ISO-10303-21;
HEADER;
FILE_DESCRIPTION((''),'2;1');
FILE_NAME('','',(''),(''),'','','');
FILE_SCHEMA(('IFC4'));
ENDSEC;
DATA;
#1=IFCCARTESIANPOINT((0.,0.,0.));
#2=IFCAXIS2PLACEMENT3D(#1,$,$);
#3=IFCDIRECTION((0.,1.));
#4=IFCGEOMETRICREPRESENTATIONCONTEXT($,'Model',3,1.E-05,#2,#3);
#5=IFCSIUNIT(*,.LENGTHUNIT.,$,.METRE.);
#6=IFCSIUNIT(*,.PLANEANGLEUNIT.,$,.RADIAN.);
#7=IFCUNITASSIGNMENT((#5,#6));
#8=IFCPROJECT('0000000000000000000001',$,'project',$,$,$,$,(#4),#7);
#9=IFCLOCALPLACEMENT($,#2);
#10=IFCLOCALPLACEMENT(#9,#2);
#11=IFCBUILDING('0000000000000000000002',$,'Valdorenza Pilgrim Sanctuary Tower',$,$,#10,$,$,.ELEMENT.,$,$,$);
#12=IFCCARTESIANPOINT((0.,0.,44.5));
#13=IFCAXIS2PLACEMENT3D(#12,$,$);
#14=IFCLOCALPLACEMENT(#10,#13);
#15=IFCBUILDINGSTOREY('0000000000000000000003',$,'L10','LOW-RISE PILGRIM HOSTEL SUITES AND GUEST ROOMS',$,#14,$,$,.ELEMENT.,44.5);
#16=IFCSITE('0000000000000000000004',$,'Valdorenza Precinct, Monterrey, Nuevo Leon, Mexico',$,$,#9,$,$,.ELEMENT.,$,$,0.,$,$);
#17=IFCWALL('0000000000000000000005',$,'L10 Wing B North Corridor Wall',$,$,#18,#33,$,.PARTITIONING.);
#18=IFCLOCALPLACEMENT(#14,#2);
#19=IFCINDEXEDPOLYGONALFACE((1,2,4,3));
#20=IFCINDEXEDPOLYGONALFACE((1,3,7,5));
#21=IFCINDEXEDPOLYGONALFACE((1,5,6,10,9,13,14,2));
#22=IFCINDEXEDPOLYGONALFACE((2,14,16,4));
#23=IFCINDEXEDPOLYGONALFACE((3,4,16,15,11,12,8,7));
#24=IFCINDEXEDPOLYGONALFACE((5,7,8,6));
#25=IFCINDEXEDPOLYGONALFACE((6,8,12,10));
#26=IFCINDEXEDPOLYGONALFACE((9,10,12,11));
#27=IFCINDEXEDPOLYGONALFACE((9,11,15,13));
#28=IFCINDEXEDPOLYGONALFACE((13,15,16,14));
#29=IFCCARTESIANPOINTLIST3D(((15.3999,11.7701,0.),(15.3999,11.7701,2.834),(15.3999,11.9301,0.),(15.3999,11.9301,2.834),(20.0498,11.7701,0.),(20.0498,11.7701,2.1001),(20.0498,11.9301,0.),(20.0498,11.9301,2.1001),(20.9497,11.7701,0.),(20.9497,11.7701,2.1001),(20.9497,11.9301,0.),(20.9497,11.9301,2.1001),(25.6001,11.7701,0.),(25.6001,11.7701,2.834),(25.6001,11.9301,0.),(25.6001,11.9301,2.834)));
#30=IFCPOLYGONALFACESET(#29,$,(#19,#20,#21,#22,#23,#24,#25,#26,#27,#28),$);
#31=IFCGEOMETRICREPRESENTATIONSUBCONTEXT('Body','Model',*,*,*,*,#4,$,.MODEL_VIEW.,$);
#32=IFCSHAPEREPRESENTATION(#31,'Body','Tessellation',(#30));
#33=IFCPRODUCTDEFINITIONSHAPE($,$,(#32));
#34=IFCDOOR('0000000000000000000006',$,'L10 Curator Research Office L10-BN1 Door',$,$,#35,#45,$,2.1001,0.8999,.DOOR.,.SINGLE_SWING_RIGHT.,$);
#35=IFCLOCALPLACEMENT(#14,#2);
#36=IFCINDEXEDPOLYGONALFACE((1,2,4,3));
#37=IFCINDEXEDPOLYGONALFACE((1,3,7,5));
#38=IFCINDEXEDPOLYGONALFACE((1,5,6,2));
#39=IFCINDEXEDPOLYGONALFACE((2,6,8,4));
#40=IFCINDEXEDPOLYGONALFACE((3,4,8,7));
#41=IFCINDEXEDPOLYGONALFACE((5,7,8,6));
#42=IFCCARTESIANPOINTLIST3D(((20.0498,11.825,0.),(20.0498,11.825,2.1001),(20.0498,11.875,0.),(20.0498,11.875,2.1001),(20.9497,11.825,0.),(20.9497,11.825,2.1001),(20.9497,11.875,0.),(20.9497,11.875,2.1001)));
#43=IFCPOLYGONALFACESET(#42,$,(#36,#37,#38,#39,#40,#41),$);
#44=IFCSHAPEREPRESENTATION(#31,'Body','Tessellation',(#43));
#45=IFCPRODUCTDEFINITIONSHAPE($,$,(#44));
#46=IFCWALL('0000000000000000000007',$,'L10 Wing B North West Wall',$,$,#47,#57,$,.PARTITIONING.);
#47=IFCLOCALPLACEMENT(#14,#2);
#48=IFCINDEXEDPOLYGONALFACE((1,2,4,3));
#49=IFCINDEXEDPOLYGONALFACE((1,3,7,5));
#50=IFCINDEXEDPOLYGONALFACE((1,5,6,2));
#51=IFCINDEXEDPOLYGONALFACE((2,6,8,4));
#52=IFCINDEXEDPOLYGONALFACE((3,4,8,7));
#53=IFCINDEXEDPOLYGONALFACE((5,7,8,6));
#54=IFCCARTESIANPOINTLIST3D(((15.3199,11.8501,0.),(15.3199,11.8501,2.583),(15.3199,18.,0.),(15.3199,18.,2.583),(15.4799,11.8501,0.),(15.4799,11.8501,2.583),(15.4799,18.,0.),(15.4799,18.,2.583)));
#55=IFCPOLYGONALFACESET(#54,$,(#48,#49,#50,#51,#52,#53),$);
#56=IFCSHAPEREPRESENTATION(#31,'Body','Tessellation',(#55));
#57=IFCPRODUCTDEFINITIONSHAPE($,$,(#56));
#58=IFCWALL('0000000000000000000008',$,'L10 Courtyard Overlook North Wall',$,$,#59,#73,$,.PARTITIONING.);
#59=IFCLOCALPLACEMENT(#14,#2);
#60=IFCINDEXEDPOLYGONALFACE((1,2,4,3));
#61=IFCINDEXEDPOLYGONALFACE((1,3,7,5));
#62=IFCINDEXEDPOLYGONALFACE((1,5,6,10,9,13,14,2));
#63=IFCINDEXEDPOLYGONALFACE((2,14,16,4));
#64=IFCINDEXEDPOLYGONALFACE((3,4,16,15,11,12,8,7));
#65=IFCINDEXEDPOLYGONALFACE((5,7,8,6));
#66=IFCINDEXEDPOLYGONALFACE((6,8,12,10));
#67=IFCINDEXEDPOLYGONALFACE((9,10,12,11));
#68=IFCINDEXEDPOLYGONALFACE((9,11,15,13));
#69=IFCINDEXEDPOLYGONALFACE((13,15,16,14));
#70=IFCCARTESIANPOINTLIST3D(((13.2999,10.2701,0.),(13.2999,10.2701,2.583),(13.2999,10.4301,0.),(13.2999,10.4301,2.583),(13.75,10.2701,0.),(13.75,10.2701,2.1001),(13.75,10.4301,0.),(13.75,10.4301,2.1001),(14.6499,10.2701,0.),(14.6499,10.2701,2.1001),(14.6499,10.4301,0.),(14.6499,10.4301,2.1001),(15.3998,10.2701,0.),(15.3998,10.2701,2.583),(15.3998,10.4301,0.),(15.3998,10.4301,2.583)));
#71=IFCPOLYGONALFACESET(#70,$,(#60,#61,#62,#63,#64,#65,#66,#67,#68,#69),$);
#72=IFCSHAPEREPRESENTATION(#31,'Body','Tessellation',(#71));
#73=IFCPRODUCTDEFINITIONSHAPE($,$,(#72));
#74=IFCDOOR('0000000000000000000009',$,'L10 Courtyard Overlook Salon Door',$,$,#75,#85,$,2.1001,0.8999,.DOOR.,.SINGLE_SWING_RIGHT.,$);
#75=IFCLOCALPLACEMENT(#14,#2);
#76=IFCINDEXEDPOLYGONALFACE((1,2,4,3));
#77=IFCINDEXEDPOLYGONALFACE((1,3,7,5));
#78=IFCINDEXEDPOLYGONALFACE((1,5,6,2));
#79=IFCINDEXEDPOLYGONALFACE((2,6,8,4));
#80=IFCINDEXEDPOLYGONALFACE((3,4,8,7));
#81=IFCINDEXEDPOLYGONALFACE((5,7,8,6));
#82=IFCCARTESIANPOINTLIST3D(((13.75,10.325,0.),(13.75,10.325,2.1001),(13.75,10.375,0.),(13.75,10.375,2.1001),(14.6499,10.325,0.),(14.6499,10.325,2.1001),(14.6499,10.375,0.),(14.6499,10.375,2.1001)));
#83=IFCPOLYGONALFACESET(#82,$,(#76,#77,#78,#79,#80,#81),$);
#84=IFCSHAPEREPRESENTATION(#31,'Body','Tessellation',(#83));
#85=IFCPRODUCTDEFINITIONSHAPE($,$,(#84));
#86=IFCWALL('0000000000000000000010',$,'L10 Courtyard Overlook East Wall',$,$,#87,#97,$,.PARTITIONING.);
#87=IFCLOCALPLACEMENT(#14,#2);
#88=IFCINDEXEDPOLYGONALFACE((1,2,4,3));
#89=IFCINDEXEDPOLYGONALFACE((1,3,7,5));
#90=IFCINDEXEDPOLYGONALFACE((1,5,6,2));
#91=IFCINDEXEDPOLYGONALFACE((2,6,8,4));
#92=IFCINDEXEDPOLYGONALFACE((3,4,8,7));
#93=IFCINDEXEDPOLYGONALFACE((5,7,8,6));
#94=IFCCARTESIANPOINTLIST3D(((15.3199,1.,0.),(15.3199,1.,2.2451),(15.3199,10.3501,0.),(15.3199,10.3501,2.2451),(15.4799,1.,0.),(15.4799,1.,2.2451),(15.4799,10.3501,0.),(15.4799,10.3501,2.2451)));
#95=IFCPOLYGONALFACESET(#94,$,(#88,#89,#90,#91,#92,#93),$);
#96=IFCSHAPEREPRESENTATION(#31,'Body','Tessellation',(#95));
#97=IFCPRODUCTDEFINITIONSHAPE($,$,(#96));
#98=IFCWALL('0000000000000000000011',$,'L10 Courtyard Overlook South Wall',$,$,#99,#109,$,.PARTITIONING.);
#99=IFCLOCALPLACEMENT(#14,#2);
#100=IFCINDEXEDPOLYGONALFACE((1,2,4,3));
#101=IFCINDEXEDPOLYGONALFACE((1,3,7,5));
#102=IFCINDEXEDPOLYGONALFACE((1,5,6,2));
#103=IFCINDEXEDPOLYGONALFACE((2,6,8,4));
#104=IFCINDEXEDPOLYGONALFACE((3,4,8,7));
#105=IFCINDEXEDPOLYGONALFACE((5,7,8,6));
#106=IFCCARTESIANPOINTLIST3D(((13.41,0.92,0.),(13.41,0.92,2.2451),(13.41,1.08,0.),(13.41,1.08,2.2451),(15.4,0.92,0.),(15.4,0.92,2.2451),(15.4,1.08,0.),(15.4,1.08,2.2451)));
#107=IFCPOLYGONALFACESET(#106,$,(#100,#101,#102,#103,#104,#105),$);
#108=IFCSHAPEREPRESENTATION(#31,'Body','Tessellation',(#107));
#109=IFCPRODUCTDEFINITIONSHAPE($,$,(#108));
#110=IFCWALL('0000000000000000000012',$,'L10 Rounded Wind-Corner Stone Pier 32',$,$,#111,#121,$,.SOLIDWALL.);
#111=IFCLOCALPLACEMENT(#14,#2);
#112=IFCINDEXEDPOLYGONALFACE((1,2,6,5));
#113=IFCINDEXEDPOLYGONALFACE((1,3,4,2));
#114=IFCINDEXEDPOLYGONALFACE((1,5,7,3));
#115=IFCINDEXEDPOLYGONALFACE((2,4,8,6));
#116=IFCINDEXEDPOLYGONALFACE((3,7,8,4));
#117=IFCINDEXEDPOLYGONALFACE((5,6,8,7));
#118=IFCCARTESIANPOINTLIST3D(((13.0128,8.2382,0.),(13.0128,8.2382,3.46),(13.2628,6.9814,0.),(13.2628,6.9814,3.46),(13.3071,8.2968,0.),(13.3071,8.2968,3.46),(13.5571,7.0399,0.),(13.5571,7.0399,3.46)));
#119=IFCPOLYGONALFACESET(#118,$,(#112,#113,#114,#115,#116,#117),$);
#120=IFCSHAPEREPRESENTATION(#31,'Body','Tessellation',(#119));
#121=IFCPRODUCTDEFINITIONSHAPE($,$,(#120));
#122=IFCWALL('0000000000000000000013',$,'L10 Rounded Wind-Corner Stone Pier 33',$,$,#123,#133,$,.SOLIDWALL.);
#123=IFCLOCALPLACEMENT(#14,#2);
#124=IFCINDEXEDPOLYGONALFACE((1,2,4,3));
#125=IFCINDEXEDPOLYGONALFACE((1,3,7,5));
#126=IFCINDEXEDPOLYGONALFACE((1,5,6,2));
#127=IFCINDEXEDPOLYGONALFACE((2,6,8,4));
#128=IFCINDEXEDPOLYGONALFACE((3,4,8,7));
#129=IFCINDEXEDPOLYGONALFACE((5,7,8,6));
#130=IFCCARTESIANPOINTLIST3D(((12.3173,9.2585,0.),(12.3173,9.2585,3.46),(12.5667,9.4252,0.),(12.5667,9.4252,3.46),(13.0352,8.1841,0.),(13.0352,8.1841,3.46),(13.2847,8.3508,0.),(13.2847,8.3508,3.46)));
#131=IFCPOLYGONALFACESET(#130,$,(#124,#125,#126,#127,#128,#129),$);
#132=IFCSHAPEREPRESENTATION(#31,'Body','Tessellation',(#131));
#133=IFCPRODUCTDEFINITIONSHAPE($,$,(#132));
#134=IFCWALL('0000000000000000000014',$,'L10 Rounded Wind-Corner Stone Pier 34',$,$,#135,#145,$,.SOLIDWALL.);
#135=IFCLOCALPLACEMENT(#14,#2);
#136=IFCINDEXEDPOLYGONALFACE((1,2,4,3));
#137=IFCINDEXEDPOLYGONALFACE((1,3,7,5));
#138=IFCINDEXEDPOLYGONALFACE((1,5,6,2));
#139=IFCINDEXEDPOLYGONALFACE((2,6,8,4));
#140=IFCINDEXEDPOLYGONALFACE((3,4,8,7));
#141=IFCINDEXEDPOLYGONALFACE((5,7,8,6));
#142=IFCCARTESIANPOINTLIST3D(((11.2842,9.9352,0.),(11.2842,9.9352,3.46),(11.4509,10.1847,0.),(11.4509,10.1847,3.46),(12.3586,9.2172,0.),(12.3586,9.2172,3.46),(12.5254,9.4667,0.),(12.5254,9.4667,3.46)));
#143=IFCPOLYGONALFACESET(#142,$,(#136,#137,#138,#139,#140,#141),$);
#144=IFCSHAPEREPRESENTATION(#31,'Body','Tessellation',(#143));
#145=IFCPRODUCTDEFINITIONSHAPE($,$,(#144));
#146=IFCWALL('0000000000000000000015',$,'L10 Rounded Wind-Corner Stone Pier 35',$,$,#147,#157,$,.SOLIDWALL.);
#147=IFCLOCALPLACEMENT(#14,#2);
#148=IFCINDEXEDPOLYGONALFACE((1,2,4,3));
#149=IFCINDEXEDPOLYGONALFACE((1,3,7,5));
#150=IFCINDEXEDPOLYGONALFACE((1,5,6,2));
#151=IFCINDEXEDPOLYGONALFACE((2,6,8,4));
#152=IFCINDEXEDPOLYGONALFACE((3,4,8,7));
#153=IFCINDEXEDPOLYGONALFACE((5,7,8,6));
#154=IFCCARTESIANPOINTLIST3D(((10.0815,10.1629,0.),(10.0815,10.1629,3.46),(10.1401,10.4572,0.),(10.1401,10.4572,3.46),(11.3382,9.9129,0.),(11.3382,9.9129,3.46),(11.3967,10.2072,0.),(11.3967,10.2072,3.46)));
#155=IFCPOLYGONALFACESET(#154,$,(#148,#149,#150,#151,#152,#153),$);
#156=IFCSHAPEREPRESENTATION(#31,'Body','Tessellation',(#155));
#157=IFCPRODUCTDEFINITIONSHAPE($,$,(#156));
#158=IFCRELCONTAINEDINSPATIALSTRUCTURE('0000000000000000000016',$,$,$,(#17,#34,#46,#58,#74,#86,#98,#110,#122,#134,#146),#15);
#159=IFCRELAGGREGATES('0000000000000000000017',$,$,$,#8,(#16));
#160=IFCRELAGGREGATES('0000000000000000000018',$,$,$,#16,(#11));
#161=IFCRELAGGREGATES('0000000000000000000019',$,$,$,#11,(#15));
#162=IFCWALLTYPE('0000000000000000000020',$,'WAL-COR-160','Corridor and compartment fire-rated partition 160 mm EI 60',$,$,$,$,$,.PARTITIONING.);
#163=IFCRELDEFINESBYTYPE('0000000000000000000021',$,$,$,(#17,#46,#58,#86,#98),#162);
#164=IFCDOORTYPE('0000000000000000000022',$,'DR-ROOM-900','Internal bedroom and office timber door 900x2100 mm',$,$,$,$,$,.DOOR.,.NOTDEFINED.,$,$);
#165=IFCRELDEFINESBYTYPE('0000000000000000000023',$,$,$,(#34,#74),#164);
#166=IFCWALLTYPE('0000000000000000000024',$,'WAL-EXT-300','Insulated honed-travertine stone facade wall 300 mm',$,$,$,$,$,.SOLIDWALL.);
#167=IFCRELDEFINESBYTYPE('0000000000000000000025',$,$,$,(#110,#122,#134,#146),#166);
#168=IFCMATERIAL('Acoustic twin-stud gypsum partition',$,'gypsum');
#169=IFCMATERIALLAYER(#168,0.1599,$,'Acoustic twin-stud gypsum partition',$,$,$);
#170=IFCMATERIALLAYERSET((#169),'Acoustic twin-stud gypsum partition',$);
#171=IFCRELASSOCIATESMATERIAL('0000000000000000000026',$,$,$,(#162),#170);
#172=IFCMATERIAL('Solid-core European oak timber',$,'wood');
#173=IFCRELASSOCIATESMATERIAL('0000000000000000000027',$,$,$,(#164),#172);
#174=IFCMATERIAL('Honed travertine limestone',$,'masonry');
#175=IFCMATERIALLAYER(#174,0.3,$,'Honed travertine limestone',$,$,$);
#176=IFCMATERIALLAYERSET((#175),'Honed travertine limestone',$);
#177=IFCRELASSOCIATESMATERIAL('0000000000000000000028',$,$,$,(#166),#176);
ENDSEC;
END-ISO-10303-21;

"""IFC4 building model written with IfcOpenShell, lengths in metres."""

from ifc_helpers import new_model, si_unit, direction, frame, frame_2d, origin, place, context, subcontext, project, spatial, rectangle, extrude, material, layer, layer_set, type_object, element, fill, save


model = new_model("IFC4")

# Units and contexts
model_context = context("Model", 3, precision=1e-05, world=origin(), true_north=direction((0.0, 1.0)))
body_context = subcontext(model_context, "Body", "Model", "MODEL_VIEW")
ifc_project = project(units=[si_unit("LENGTHUNIT", "METRE"), si_unit("PLANEANGLEUNIT", "RADIAN")], contexts=[model_context])

# Site, building, storey
site_placement = place(None, origin())
site = spatial("IfcSite", under=ifc_project, at=site_placement, Name="Valdorenza Precinct, Monterrey, Nuevo Leon, Mexico", CompositionType="ELEMENT", RefElevation=0.0)
building_placement = place(site_placement, origin())
building = spatial("IfcBuilding", under=site, at=building_placement, Name="Valdorenza Pilgrim Sanctuary Tower", CompositionType="ELEMENT")
storey_placement = place(building_placement, frame((0.0, 0.0, 44.5)))
storey = spatial("IfcBuildingStorey", under=building, at=storey_placement, Name="L10", Description="LOW-RISE PILGRIM HOSTEL SUITES AND GUEST ROOMS", CompositionType="ELEMENT", Elevation=44.5)

# Shared definitions
ifc_material_1 = material(Name="Honed travertine limestone", Category="masonry")

# Shared definitions
ifc_material_2 = material(Name="Acoustic twin-stud gypsum partition", Category="gypsum")
ifc_layer_1 = layer(ifc_material_2, 0.1599, Name="Acoustic twin-stud gypsum partition")
ifc_layer_set_1 = layer_set([ifc_layer_1], Name="Acoustic twin-stud gypsum partition")
wall_type_1 = type_object("IfcWallType", Name="WAL-COR-160", Description="Corridor and compartment fire-rated partition 160 mm EI 60", PredefinedType="PARTITIONING", material=ifc_layer_set_1)

# Wall, opening, door
wall_1_placement = place(storey_placement, frame((15.3999, 11.8501, 0.0), z_axis=(0.0, 0.0, 1.0), x_axis=(1.0, 0.0, 0.0)))
wall_1 = element("IfcWall", 1, at=wall_1_placement, inside=storey, type_object=wall_type_1, Name="L10 Wing B North Corridor Wall", PredefinedType="PARTITIONING", context=body_context, shape_type="SweptSolid", body=[
    extrude(rectangle(XDim=10.2002, YDim=0.1599, at=frame_2d((5.1001, 0.0))), origin(), (0.0, 0.0, 1.0), 2.834),
])
opening_1_placement = place(wall_1_placement, frame((4.6499, 0.0, 0.0)))
opening_1 = element("IfcOpeningElement", 2, at=opening_1_placement, cuts=wall_1, PredefinedType="OPENING", context=body_context, shape_type="SweptSolid", body=[
    extrude(rectangle(XDim=0.8999, YDim=2.1001, at=frame_2d((0.45, 1.05))), frame((0.0, 0.0947, 0.0), z_axis=(0.0, -1.0, 0.0), x_axis=(1.0, 0.0, 0.0)), (0.0, 0.0, 1.0), 0.1897),
])
ifc_material_3 = material(Name="Solid-core European oak timber", Category="wood")
door_type = type_object("IfcDoorType", Name="DR-ROOM-900", Description="Internal bedroom and office timber door 900x2100 mm", OperationType="NOTDEFINED", PredefinedType="DOOR", material=ifc_material_3)
door_1_placement = place(opening_1_placement, origin())
door_1 = element("IfcDoor", 3, at=door_1_placement, inside=storey, type_object=door_type, Name="L10 Curator Research Office L10-BN1 Door", OperationType="SINGLE_SWING_RIGHT", OverallHeight=2.1001, OverallWidth=0.8999, PredefinedType="DOOR", context=body_context, shape_type="SweptSolid", body=[
    extrude(rectangle(XDim=0.8999, YDim=2.1001, at=frame_2d((0.45, 1.05))), frame((0.0, 0.0249, 0.0), z_axis=(0.0, -1.0, 0.0), x_axis=(1.0, 0.0, 0.0)), (0.0, 0.0, 1.0), 0.05),
])
fill(opening_1, door_1)

# Wall
wall_2_placement = place(storey_placement, frame((15.3999, 11.8501, 0.0), z_axis=(0.0, 0.0, 1.0), x_axis=(0.0, 1.0, 0.0)))
element("IfcWall", 4, at=wall_2_placement, inside=storey, type_object=wall_type_1, Name="L10 Wing B North West Wall", PredefinedType="PARTITIONING", context=body_context, shape_type="SweptSolid", body=[
    extrude(rectangle(XDim=6.1499, YDim=0.1599, at=frame_2d((3.075, 0.0))), origin(), (0.0, 0.0, 1.0), 2.583),
])

# Wall, opening, door
wall_3_placement = place(storey_placement, frame((13.3, 10.3501, 0.0), z_axis=(0.0, 0.0, 1.0), x_axis=(1.0, 0.0, 0.0)))
wall_3 = element("IfcWall", 5, at=wall_3_placement, inside=storey, type_object=wall_type_1, Name="L10 Courtyard Overlook North Wall", PredefinedType="PARTITIONING", context=body_context, shape_type="SweptSolid", body=[
    extrude(rectangle(XDim=2.0999, YDim=0.1599, at=frame_2d((1.0498, 0.0))), origin(), (0.0, 0.0, 1.0), 2.583),
])
opening_2_placement = place(wall_3_placement, frame((0.45, 0.0, 0.0)))
opening_2 = element("IfcOpeningElement", 6, at=opening_2_placement, cuts=wall_3, PredefinedType="OPENING", context=body_context, shape_type="SweptSolid", body=[
    extrude(rectangle(XDim=0.8999, YDim=2.1001, at=frame_2d((0.45, 1.05))), frame((0.0, 0.0947, 0.0), z_axis=(0.0, -1.0, 0.0), x_axis=(1.0, 0.0, 0.0)), (0.0, 0.0, 1.0), 0.1897),
])
door_2_placement = place(opening_2_placement, origin())
door_2 = element("IfcDoor", 7, at=door_2_placement, inside=storey, type_object=door_type, Name="L10 Courtyard Overlook Salon Door", OperationType="SINGLE_SWING_RIGHT", OverallHeight=2.1001, OverallWidth=0.8999, PredefinedType="DOOR", context=body_context, shape_type="SweptSolid", body=[
    extrude(rectangle(XDim=0.8999, YDim=2.1001, at=frame_2d((0.45, 1.05))), frame((0.0, 0.0249, 0.0), z_axis=(0.0, -1.0, 0.0), x_axis=(1.0, 0.0, 0.0)), (0.0, 0.0, 1.0), 0.05),
])
fill(opening_2, door_2)

# Walls
wall_4_placement = place(storey_placement, frame((15.3999, 1.0, 0.0), z_axis=(0.0, 0.0, 1.0), x_axis=(0.0, 1.0, 0.0)))
element("IfcWall", 8, at=wall_4_placement, inside=storey, type_object=wall_type_1, Name="L10 Courtyard Overlook East Wall", PredefinedType="PARTITIONING", context=body_context, shape_type="SweptSolid", body=[
    extrude(rectangle(XDim=9.3501, YDim=0.1599, at=frame_2d((4.675, 0.0))), origin(), (0.0, 0.0, 1.0), 2.2451),
])
wall_5_placement = place(storey_placement, frame((13.4099, 1.0, 0.0), z_axis=(0.0, 0.0, 1.0), x_axis=(1.0, 0.0, 0.0)))
element("IfcWall", 9, at=wall_5_placement, inside=storey, type_object=wall_type_1, Name="L10 Courtyard Overlook South Wall", PredefinedType="PARTITIONING", context=body_context, shape_type="SweptSolid", body=[
    extrude(rectangle(XDim=1.99, YDim=0.1599, at=frame_2d((0.9951, 0.0))), origin(), (0.0, 0.0, 1.0), 2.2451),
])
ifc_layer_2 = layer(ifc_material_1, 0.3, Name="Honed travertine limestone")
ifc_layer_set_2 = layer_set([ifc_layer_2], Name="Honed travertine limestone")
wall_type_2 = type_object("IfcWallType", Name="WAL-EXT-300", Description="Insulated honed-travertine stone facade wall 300 mm", PredefinedType="SOLIDWALL", material=ifc_layer_set_2)
wall_6_placement = place(storey_placement, frame((13.4099, 7.0107, 0.0), z_axis=(0.0, 0.0, 1.0), x_axis=(-0.19509, 0.980785, 0.0)))
element("IfcWall", 10, at=wall_6_placement, inside=storey, type_object=wall_type_2, Name="L10 Rounded Wind-Corner Stone Pier 32", PredefinedType="SOLIDWALL", context=body_context, shape_type="SweptSolid", body=[
    extrude(rectangle(XDim=1.2815, YDim=0.3, at=frame_2d((0.6406, 0.0))), origin(), (0.0, 0.0, 1.0), 3.46),
])
for number, where, z_axis, x_axis, name in (
    (11, (13.1599, 8.2676, 0.0), (0.0, 0.0, 1.0), (-0.555615, 0.831439, 0.0), "L10 Rounded Wind-Corner Stone Pier 33"),
    (12, (12.4419, 9.342, 0.0), (0.0, 0.0, 1.0), (-0.831439, 0.555615, 0.0), "L10 Rounded Wind-Corner Stone Pier 34"),
):
    element("IfcWall", number, at=place(storey_placement, frame(where, z_axis=z_axis, x_axis=x_axis)), inside=storey, type_object=wall_type_2, Name=name, PredefinedType="SOLIDWALL", context=body_context, shape_type="SweptSolid", body=[
        extrude(rectangle(XDim=1.2922, YDim=0.3, at=frame_2d((0.646, 0.0))), origin(), (0.0, 0.0, 1.0), 3.46),
    ])
wall_7_placement = place(storey_placement, frame((11.3674, 10.0601, 0.0), z_axis=(0.0, 0.0, 1.0), x_axis=(-0.980778, 0.195127, 0.0)))
element("IfcWall", 13, at=wall_7_placement, inside=storey, type_object=wall_type_2, Name="L10 Rounded Wind-Corner Stone Pier 35", PredefinedType="SOLIDWALL", context=body_context, shape_type="SweptSolid", body=[
    extrude(rectangle(XDim=1.2812, YDim=0.3, at=frame_2d((0.6406, 0.0))), origin(), (0.0, 0.0, 1.0), 3.46),
])

save(model, "model.ifc")
